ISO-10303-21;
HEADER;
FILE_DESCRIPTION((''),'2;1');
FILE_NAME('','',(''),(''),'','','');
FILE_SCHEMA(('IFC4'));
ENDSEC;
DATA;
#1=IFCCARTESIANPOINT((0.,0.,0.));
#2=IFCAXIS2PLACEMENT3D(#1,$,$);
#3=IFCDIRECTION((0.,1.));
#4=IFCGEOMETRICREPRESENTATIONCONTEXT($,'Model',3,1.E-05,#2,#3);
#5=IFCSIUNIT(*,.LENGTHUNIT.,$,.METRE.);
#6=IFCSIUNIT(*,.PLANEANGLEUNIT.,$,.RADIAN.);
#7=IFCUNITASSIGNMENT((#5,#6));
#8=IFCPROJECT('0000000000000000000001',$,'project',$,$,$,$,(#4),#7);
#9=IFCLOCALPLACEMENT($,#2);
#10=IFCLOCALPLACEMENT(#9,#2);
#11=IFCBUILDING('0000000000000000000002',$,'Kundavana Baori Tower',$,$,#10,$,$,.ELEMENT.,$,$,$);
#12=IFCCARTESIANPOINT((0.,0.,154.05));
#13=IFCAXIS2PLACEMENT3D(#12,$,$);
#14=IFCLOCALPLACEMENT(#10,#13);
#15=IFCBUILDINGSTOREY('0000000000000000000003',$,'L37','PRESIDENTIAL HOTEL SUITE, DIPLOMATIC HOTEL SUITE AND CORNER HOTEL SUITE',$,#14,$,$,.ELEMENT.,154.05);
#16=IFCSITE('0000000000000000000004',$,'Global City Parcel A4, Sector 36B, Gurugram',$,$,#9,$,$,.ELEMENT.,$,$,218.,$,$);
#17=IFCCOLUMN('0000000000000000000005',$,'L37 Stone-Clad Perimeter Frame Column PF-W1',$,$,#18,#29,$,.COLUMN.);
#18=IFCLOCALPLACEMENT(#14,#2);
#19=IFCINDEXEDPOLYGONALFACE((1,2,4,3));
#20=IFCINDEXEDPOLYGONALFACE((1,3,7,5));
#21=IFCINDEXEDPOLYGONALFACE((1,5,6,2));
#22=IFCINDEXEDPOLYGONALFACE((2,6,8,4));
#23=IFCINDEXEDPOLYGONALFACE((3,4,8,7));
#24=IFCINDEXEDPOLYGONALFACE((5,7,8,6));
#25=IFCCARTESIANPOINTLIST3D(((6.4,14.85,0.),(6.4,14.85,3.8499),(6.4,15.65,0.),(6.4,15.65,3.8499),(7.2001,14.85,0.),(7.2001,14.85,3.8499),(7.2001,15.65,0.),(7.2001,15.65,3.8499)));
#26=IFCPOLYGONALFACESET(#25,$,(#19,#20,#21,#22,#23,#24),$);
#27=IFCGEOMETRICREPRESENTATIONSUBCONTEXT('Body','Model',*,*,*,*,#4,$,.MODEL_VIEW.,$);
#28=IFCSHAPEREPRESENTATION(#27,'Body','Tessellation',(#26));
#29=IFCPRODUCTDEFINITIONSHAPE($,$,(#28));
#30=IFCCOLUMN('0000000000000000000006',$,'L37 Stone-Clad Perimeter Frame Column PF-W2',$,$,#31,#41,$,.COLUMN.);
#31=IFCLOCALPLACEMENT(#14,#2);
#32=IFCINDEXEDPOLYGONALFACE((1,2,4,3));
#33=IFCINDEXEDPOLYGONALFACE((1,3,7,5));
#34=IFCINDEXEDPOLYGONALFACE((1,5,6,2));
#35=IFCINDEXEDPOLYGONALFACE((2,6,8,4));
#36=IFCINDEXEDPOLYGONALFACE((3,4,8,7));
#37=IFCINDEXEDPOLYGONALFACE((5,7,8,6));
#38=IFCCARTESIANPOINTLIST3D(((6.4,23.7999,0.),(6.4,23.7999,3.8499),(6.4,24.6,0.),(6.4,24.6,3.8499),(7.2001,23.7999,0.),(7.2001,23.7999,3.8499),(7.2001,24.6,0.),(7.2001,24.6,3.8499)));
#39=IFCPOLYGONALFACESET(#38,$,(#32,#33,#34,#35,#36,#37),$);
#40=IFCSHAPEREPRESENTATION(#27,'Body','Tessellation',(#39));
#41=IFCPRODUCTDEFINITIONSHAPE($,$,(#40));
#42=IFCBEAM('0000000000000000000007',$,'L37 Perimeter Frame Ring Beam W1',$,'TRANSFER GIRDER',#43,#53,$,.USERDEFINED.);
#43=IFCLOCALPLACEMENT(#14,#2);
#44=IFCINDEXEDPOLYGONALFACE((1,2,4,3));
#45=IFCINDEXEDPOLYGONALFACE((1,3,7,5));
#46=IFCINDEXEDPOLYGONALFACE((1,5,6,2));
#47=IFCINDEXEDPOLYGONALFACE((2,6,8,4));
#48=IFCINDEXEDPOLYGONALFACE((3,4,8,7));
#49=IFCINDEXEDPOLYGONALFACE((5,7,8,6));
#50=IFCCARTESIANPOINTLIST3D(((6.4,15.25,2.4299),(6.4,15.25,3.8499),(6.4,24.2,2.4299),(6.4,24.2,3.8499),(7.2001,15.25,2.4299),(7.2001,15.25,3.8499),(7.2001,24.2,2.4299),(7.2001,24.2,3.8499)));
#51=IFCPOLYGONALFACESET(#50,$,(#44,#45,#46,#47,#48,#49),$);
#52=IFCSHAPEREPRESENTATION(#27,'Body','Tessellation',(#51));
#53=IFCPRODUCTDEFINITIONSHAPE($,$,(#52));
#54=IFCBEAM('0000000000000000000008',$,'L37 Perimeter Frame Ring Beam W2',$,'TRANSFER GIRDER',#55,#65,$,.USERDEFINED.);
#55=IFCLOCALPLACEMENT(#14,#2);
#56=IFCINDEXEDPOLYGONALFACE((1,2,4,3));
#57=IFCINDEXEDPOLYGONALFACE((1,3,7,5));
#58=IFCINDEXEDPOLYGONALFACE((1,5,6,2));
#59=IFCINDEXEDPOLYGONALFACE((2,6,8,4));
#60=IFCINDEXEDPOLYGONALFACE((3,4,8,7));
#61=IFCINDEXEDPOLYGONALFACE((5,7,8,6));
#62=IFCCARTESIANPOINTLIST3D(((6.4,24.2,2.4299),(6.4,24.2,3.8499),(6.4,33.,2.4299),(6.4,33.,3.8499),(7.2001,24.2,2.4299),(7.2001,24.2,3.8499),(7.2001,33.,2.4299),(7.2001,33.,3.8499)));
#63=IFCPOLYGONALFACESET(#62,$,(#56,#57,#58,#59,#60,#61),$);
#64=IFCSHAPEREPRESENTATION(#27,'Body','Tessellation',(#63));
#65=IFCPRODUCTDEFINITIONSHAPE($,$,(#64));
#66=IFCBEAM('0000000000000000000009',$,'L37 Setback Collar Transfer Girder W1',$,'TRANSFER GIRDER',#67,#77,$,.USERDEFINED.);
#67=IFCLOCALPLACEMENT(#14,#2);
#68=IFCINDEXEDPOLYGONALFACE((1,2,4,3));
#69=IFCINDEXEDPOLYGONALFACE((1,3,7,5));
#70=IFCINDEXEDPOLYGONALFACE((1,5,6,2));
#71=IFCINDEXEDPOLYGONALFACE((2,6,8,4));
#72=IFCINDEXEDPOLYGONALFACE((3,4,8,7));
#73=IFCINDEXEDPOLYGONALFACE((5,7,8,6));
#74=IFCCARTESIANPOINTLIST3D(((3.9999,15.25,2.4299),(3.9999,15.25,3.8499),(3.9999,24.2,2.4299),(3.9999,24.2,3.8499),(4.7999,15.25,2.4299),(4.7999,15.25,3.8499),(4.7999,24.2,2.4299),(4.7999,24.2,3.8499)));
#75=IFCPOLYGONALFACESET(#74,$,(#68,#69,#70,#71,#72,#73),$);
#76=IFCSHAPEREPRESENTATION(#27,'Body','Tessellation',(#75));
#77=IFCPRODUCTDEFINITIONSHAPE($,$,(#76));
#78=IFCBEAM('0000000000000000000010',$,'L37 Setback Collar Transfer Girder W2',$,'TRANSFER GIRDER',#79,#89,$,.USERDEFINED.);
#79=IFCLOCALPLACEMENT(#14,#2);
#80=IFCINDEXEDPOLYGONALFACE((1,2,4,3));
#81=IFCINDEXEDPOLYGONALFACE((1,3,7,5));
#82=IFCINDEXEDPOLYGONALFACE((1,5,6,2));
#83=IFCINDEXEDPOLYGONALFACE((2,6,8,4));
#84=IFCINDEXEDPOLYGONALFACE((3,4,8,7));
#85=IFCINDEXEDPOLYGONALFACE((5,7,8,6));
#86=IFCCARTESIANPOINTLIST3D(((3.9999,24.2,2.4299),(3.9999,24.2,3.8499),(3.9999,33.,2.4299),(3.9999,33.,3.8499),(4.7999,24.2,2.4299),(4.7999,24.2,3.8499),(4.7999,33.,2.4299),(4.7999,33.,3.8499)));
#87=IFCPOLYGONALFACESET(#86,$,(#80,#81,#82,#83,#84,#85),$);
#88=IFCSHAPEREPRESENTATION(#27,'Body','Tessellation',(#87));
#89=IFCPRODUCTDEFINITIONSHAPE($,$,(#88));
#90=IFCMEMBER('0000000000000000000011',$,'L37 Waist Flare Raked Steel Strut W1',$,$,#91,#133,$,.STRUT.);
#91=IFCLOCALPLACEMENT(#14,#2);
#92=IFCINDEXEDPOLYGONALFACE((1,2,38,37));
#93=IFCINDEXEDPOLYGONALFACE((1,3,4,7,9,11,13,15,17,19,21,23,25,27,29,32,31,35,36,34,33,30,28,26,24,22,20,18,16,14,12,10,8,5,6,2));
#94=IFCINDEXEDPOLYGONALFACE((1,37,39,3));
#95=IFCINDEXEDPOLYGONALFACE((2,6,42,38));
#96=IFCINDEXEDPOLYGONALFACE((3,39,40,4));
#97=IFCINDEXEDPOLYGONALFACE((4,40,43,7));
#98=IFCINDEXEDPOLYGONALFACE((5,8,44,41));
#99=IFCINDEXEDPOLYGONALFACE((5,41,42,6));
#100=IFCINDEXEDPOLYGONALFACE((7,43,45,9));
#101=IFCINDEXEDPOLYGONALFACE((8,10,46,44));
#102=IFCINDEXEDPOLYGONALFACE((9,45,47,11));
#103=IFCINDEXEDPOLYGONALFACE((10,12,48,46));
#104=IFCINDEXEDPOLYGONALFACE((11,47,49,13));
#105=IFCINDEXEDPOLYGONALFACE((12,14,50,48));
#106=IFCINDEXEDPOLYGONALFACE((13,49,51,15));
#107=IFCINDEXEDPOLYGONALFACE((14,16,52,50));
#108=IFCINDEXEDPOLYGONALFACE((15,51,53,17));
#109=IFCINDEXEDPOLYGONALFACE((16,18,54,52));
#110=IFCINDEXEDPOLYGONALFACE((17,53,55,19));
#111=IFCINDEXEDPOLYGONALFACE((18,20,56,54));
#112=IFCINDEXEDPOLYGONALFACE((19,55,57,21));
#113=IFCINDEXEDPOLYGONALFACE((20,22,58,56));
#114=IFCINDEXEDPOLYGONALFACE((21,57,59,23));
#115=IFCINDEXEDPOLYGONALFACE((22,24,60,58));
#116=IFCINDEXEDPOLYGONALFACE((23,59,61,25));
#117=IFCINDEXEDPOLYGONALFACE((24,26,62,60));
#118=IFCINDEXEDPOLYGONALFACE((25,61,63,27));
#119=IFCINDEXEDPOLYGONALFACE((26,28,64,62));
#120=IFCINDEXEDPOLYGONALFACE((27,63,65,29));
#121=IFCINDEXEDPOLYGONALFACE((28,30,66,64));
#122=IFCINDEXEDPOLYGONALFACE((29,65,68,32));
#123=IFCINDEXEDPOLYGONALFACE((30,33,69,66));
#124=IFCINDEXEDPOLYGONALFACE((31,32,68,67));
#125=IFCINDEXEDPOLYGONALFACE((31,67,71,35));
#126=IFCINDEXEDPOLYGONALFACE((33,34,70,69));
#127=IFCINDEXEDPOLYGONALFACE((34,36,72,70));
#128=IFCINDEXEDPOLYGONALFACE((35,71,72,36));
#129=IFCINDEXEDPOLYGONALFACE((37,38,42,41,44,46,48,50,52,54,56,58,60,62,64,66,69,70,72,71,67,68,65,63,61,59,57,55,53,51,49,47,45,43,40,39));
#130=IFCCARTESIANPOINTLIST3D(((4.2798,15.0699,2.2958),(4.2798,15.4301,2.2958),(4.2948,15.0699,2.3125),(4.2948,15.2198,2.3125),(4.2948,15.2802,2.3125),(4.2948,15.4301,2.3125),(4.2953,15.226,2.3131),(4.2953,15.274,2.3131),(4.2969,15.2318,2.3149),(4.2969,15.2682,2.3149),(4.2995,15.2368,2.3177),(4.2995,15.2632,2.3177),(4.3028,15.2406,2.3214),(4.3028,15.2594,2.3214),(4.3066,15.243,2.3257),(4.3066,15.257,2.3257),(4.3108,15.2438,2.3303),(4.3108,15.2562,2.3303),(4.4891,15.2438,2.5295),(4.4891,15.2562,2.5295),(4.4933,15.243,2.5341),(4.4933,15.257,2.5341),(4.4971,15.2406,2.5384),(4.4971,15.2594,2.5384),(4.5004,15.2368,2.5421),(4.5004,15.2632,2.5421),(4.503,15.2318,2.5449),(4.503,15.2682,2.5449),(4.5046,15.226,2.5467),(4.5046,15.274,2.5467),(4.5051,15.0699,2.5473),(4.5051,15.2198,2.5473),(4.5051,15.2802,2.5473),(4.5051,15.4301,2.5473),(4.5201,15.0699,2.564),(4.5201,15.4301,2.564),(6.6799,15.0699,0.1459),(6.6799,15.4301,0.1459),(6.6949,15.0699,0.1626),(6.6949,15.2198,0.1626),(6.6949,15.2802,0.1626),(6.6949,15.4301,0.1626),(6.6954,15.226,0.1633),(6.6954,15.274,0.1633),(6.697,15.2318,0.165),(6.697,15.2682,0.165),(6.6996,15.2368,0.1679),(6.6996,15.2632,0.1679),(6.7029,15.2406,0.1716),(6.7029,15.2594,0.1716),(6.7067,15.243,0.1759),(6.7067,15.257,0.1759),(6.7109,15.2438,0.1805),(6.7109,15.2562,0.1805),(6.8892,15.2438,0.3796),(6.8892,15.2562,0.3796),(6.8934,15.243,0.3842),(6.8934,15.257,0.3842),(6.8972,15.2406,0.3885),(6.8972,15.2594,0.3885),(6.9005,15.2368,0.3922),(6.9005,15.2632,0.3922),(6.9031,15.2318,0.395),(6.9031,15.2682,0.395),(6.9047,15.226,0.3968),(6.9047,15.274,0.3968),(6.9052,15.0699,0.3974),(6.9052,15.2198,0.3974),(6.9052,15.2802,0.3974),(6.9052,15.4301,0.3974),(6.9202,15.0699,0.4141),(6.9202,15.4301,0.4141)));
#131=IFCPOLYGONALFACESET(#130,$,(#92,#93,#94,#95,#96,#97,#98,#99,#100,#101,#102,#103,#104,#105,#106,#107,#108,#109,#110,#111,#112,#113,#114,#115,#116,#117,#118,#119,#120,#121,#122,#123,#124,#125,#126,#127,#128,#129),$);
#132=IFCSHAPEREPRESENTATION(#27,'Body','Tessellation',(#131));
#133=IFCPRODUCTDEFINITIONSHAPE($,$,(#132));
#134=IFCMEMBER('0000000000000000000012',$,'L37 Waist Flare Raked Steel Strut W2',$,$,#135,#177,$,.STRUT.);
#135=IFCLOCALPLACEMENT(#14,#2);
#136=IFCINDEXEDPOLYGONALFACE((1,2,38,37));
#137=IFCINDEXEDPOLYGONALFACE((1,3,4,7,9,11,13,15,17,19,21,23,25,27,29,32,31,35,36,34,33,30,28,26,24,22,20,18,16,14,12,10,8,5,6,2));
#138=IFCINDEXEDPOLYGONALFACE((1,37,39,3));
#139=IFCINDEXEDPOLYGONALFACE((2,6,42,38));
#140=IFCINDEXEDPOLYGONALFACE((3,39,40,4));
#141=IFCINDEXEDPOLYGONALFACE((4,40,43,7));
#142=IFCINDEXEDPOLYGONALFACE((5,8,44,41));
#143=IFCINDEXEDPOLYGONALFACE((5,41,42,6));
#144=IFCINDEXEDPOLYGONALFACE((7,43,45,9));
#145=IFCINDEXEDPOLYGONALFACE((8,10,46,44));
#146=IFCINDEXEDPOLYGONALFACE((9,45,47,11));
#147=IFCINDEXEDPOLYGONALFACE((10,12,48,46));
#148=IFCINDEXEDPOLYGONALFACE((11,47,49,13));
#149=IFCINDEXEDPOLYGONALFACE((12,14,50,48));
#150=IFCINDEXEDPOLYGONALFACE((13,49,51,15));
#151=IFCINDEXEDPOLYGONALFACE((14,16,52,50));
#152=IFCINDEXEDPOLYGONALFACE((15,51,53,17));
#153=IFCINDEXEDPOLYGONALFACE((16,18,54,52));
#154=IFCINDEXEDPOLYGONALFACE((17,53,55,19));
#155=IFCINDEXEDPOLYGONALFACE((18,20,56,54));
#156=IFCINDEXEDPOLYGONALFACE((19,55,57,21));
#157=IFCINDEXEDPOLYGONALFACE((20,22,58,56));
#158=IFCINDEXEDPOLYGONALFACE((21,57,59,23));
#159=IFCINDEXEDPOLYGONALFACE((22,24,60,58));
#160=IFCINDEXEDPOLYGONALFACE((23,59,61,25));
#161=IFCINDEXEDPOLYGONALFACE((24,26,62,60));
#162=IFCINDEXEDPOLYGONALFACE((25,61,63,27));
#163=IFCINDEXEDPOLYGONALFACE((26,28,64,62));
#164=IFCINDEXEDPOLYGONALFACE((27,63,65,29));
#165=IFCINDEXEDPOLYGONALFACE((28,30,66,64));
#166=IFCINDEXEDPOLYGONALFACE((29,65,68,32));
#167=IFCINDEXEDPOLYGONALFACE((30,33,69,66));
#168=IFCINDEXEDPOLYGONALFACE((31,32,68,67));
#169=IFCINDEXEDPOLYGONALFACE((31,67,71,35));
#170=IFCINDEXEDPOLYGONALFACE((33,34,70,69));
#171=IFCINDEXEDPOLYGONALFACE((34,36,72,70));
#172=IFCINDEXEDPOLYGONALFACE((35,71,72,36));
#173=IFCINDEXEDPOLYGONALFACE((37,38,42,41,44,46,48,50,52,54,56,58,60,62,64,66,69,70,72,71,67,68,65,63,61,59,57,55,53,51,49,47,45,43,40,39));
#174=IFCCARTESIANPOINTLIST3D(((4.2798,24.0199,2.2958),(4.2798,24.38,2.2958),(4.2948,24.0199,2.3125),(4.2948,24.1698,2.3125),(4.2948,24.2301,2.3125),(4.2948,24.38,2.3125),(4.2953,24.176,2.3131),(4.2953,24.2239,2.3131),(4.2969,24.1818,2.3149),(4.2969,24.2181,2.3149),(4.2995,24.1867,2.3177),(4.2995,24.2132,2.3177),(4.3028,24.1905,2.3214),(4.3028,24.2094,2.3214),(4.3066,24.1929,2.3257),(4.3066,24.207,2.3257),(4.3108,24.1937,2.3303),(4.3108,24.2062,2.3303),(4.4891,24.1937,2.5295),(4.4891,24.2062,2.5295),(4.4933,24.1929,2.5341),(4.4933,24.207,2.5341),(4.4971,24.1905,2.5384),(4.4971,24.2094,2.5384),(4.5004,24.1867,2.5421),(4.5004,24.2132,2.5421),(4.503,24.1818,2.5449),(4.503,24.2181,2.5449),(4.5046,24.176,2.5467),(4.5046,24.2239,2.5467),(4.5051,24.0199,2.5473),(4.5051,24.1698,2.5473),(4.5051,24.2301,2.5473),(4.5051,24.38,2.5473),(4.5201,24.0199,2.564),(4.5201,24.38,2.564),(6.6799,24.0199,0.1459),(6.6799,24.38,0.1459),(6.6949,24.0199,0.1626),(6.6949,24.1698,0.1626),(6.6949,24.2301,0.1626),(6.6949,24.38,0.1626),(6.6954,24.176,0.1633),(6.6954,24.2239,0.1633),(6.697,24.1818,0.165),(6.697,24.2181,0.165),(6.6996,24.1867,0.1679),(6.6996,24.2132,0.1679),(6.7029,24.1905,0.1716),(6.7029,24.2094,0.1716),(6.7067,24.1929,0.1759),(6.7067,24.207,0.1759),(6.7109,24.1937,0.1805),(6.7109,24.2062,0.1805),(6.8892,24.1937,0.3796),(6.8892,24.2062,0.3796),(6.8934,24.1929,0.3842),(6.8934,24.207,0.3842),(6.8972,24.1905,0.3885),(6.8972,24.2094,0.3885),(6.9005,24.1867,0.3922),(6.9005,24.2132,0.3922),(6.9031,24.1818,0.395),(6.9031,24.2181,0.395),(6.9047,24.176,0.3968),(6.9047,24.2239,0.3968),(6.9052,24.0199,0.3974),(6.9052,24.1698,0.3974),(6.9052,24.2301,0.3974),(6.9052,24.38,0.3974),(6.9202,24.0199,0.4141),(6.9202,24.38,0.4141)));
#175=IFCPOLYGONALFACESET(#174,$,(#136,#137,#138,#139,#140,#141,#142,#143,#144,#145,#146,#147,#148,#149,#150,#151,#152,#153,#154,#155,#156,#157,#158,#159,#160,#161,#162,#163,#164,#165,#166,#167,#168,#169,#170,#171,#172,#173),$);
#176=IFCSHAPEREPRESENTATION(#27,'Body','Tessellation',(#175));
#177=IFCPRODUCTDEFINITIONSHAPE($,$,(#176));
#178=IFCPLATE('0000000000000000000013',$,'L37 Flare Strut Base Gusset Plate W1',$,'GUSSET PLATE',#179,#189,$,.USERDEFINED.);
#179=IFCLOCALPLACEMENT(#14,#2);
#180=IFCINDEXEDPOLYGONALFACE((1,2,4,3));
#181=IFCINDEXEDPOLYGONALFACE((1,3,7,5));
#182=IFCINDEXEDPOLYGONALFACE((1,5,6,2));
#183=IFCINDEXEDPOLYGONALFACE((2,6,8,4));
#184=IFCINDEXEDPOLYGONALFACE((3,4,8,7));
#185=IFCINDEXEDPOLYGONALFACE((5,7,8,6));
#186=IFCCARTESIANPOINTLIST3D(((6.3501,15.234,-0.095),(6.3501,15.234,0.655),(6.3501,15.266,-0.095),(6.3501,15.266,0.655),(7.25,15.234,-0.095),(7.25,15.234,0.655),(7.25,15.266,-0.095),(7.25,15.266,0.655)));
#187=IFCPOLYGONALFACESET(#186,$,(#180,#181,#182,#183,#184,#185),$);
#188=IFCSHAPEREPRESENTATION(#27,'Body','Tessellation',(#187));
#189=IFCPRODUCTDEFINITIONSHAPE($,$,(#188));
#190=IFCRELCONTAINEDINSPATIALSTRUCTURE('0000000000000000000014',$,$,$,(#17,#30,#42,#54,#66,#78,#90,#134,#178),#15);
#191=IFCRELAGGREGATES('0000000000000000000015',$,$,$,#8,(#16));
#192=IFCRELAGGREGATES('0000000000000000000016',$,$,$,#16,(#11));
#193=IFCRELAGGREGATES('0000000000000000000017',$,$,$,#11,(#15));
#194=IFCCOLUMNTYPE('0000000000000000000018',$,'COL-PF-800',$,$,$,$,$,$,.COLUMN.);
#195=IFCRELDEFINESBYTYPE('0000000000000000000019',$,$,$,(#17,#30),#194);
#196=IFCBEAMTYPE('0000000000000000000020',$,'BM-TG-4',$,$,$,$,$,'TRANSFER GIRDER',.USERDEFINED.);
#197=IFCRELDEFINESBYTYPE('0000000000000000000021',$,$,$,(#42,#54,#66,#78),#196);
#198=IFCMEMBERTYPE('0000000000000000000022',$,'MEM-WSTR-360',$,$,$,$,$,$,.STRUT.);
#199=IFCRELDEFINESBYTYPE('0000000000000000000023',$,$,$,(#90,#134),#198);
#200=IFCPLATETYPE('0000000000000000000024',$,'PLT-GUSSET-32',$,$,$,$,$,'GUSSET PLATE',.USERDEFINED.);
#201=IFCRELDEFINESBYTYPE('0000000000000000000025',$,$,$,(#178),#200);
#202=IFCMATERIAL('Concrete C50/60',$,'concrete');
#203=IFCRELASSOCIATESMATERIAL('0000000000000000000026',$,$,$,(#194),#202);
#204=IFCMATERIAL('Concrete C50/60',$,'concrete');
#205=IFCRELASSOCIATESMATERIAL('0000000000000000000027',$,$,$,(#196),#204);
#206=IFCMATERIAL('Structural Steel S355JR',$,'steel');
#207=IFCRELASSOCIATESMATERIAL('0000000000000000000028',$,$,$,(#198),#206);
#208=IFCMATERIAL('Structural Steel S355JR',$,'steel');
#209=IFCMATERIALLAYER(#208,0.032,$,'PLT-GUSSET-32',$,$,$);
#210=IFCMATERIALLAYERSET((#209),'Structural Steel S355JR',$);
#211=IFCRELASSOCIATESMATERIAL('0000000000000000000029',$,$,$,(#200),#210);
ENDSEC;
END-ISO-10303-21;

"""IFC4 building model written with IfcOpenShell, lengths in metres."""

from ifc_helpers import new_model, si_unit, direction, frame, origin, origin_2d, place, context, subcontext, project, spatial, rectangle, i_section, extrude, material, layer, layer_set, material_profile, profile_set, type_object, element, save


model = new_model("IFC4")

# Units and contexts
model_context = context("Model", 3, precision=1e-05, world=origin(), true_north=direction((0.0, 1.0)))
body_context = subcontext(model_context, "Body", "Model", "MODEL_VIEW")
ifc_project = project(units=[si_unit("LENGTHUNIT", "METRE"), si_unit("PLANEANGLEUNIT", "RADIAN")], contexts=[model_context])

# Site, building, storey
site_placement = place(None, origin())
site = spatial("IfcSite", under=ifc_project, at=site_placement, Name="Global City Parcel A4, Sector 36B, Gurugram", CompositionType="ELEMENT", RefElevation=218.0)
building_placement = place(site_placement, origin())
building = spatial("IfcBuilding", under=site, at=building_placement, Name="Kundavana Baori Tower", CompositionType="ELEMENT")
storey_placement = place(building_placement, frame((0.0, 0.0, 154.05)))
storey = spatial("IfcBuildingStorey", under=building, at=storey_placement, Name="L37", Description="PRESIDENTIAL HOTEL SUITE, DIPLOMATIC HOTEL SUITE AND CORNER HOTEL SUITE", CompositionType="ELEMENT", Elevation=154.05)

# Columns
ifc_material_1 = material(Name="Concrete C50/60", Category="concrete")
ifc_material_profile_1 = material_profile(ifc_material_1, rectangle(XDim=0.8, YDim=0.8, at=origin_2d()), Name="RC PF 800x800")
ifc_profile_set_1 = profile_set([ifc_material_profile_1], Name="Concrete C50/60")
column_type = type_object("IfcColumnType", Name="COL-PF-800", PredefinedType="COLUMN", material=ifc_profile_set_1)
for number, where, z_axis, x_axis, name in (
    (1, (6.8, 15.25, 0.0), (0.0, 0.0, 1.0), (1.0, 0.0, 0.0), "L37 Stone-Clad Perimeter Frame Column PF-W1"),
    (2, (6.8, 24.2, 0.0), (0.0, 0.0, 1.0), (1.0, 0.0, 0.0), "L37 Stone-Clad Perimeter Frame Column PF-W2"),
):
    element("IfcColumn", number, at=place(storey_placement, frame(where, z_axis=z_axis, x_axis=x_axis)), inside=storey, type_object=column_type, Name=name, PredefinedType="COLUMN", context=body_context, shape_type="SweptSolid", body=[
        extrude(rectangle(XDim=0.8, YDim=0.8, at=origin_2d()), origin(), (0.0, 0.0, 1.0), 3.8499),
    ])

# Beams
ifc_material_2 = material(Name="Concrete C50/60", Category="concrete")
ifc_material_profile_2 = material_profile(ifc_material_2, rectangle(XDim=0.8, YDim=1.4199, at=origin_2d()), Name="BM-TG-4")
ifc_profile_set_2 = profile_set([ifc_material_profile_2], Name="Concrete C50/60")
beam_type = type_object("IfcBeamType", Name="BM-TG-4", ElementType="TRANSFER GIRDER", PredefinedType="USERDEFINED", material=ifc_profile_set_2)
beam_1_placement = place(storey_placement, frame((6.8, 15.25, 3.1399), z_axis=(0.0, 1.0, 0.0), x_axis=(-1.0, 0.0, 0.0)))
element("IfcBeam", 3, at=beam_1_placement, inside=storey, type_object=beam_type, Name="L37 Perimeter Frame Ring Beam W1", ObjectType="TRANSFER GIRDER", PredefinedType="USERDEFINED", context=body_context, shape_type="SweptSolid", body=[
    extrude(rectangle(XDim=0.8, YDim=1.4199, at=origin_2d()), origin(), (0.0, 0.0, 1.0), 8.95),
])
beam_2_placement = place(storey_placement, frame((6.8, 24.2, 3.1399), z_axis=(0.0, 1.0, 0.0), x_axis=(-1.0, 0.0, 0.0)))
element("IfcBeam", 4, at=beam_2_placement, inside=storey, type_object=beam_type, Name="L37 Perimeter Frame Ring Beam W2", ObjectType="TRANSFER GIRDER", PredefinedType="USERDEFINED", context=body_context, shape_type="SweptSolid", body=[
    extrude(rectangle(XDim=0.8, YDim=1.4199, at=origin_2d()), origin(), (0.0, 0.0, 1.0), 8.8),
])
beam_3_placement = place(storey_placement, frame((4.3999, 15.25, 3.1399), z_axis=(0.0, 1.0, 0.0), x_axis=(-1.0, 0.0, 0.0)))
element("IfcBeam", 5, at=beam_3_placement, inside=storey, type_object=beam_type, Name="L37 Setback Collar Transfer Girder W1", ObjectType="TRANSFER GIRDER", PredefinedType="USERDEFINED", context=body_context, shape_type="SweptSolid", body=[
    extrude(rectangle(XDim=0.8, YDim=1.4199, at=origin_2d()), origin(), (0.0, 0.0, 1.0), 8.95),
])
beam_4_placement = place(storey_placement, frame((4.3999, 24.2, 3.1399), z_axis=(0.0, 1.0, 0.0), x_axis=(-1.0, 0.0, 0.0)))
element("IfcBeam", 6, at=beam_4_placement, inside=storey, type_object=beam_type, Name="L37 Setback Collar Transfer Girder W2", ObjectType="TRANSFER GIRDER", PredefinedType="USERDEFINED", context=body_context, shape_type="SweptSolid", body=[
    extrude(rectangle(XDim=0.8, YDim=1.4199, at=origin_2d()), origin(), (0.0, 0.0, 1.0), 8.8),
])

# Members
ifc_material_3 = material(Name="Structural Steel S355JR", Category="steel")
ifc_material_profile_3 = material_profile(ifc_material_3, i_section(OverallWidth=0.3601, OverallDepth=0.3601, WebThickness=0.0125, FlangeThickness=0.0225, FilletRadius=0.0239, at=origin_2d()), Name="WPB 360x360x142")
ifc_profile_set_3 = profile_set([ifc_material_profile_3], Name="Structural Steel S355JR")
member_type = type_object("IfcMemberType", Name="MEM-WSTR-360", PredefinedType="STRUT", material=ifc_profile_set_3)
for number, where, z_axis, x_axis, name in (
    (7, (6.8, 15.25, 0.28), (-0.744871, 0.0, 0.667209), (0.0, -1.0, 0.0), "L37 Waist Flare Raked Steel Strut W1"),
    (8, (6.8, 24.2, 0.28), (-0.744871, 0.0, 0.667209), (0.0, -1.0, 0.0), "L37 Waist Flare Raked Steel Strut W2"),
):
    element("IfcMember", number, at=place(storey_placement, frame(where, z_axis=z_axis, x_axis=x_axis)), inside=storey, type_object=member_type, Name=name, PredefinedType="STRUT", context=body_context, shape_type="SweptSolid", body=[
        extrude(i_section(OverallWidth=0.3601, OverallDepth=0.3601, WebThickness=0.0125, FlangeThickness=0.0225, FilletRadius=0.0239, at=origin_2d()), origin(), (0.0, 0.0, 1.0), 3.2222),
    ])

# Plate
ifc_material_4 = material(Name="Structural Steel S355JR", Category="steel")
ifc_layer_1 = layer(ifc_material_4, 0.032, Name="PLT-GUSSET-32")
ifc_layer_set_1 = layer_set([ifc_layer_1], Name="Structural Steel S355JR")
plate_type = type_object("IfcPlateType", Name="PLT-GUSSET-32", ElementType="GUSSET PLATE", PredefinedType="USERDEFINED", material=ifc_layer_set_1)
for number, where, z_axis, x_axis, name in (
    (9, (6.8, 15.25, -0.095), (0.0, 0.0, 1.0), (1.0, 0.0, 0.0), "L37 Flare Strut Base Gusset Plate W1"),
):
    element("IfcPlate", number, at=place(storey_placement, frame(where, z_axis=z_axis, x_axis=x_axis)), inside=storey, type_object=plate_type, Name=name, ObjectType="GUSSET PLATE", PredefinedType="USERDEFINED", context=body_context, shape_type="SweptSolid", body=[
        extrude(rectangle(XDim=0.8999, YDim=0.032, at=origin_2d()), origin(), (0.0, 0.0, 1.0), 0.75),
    ])

save(model, "model.ifc")
